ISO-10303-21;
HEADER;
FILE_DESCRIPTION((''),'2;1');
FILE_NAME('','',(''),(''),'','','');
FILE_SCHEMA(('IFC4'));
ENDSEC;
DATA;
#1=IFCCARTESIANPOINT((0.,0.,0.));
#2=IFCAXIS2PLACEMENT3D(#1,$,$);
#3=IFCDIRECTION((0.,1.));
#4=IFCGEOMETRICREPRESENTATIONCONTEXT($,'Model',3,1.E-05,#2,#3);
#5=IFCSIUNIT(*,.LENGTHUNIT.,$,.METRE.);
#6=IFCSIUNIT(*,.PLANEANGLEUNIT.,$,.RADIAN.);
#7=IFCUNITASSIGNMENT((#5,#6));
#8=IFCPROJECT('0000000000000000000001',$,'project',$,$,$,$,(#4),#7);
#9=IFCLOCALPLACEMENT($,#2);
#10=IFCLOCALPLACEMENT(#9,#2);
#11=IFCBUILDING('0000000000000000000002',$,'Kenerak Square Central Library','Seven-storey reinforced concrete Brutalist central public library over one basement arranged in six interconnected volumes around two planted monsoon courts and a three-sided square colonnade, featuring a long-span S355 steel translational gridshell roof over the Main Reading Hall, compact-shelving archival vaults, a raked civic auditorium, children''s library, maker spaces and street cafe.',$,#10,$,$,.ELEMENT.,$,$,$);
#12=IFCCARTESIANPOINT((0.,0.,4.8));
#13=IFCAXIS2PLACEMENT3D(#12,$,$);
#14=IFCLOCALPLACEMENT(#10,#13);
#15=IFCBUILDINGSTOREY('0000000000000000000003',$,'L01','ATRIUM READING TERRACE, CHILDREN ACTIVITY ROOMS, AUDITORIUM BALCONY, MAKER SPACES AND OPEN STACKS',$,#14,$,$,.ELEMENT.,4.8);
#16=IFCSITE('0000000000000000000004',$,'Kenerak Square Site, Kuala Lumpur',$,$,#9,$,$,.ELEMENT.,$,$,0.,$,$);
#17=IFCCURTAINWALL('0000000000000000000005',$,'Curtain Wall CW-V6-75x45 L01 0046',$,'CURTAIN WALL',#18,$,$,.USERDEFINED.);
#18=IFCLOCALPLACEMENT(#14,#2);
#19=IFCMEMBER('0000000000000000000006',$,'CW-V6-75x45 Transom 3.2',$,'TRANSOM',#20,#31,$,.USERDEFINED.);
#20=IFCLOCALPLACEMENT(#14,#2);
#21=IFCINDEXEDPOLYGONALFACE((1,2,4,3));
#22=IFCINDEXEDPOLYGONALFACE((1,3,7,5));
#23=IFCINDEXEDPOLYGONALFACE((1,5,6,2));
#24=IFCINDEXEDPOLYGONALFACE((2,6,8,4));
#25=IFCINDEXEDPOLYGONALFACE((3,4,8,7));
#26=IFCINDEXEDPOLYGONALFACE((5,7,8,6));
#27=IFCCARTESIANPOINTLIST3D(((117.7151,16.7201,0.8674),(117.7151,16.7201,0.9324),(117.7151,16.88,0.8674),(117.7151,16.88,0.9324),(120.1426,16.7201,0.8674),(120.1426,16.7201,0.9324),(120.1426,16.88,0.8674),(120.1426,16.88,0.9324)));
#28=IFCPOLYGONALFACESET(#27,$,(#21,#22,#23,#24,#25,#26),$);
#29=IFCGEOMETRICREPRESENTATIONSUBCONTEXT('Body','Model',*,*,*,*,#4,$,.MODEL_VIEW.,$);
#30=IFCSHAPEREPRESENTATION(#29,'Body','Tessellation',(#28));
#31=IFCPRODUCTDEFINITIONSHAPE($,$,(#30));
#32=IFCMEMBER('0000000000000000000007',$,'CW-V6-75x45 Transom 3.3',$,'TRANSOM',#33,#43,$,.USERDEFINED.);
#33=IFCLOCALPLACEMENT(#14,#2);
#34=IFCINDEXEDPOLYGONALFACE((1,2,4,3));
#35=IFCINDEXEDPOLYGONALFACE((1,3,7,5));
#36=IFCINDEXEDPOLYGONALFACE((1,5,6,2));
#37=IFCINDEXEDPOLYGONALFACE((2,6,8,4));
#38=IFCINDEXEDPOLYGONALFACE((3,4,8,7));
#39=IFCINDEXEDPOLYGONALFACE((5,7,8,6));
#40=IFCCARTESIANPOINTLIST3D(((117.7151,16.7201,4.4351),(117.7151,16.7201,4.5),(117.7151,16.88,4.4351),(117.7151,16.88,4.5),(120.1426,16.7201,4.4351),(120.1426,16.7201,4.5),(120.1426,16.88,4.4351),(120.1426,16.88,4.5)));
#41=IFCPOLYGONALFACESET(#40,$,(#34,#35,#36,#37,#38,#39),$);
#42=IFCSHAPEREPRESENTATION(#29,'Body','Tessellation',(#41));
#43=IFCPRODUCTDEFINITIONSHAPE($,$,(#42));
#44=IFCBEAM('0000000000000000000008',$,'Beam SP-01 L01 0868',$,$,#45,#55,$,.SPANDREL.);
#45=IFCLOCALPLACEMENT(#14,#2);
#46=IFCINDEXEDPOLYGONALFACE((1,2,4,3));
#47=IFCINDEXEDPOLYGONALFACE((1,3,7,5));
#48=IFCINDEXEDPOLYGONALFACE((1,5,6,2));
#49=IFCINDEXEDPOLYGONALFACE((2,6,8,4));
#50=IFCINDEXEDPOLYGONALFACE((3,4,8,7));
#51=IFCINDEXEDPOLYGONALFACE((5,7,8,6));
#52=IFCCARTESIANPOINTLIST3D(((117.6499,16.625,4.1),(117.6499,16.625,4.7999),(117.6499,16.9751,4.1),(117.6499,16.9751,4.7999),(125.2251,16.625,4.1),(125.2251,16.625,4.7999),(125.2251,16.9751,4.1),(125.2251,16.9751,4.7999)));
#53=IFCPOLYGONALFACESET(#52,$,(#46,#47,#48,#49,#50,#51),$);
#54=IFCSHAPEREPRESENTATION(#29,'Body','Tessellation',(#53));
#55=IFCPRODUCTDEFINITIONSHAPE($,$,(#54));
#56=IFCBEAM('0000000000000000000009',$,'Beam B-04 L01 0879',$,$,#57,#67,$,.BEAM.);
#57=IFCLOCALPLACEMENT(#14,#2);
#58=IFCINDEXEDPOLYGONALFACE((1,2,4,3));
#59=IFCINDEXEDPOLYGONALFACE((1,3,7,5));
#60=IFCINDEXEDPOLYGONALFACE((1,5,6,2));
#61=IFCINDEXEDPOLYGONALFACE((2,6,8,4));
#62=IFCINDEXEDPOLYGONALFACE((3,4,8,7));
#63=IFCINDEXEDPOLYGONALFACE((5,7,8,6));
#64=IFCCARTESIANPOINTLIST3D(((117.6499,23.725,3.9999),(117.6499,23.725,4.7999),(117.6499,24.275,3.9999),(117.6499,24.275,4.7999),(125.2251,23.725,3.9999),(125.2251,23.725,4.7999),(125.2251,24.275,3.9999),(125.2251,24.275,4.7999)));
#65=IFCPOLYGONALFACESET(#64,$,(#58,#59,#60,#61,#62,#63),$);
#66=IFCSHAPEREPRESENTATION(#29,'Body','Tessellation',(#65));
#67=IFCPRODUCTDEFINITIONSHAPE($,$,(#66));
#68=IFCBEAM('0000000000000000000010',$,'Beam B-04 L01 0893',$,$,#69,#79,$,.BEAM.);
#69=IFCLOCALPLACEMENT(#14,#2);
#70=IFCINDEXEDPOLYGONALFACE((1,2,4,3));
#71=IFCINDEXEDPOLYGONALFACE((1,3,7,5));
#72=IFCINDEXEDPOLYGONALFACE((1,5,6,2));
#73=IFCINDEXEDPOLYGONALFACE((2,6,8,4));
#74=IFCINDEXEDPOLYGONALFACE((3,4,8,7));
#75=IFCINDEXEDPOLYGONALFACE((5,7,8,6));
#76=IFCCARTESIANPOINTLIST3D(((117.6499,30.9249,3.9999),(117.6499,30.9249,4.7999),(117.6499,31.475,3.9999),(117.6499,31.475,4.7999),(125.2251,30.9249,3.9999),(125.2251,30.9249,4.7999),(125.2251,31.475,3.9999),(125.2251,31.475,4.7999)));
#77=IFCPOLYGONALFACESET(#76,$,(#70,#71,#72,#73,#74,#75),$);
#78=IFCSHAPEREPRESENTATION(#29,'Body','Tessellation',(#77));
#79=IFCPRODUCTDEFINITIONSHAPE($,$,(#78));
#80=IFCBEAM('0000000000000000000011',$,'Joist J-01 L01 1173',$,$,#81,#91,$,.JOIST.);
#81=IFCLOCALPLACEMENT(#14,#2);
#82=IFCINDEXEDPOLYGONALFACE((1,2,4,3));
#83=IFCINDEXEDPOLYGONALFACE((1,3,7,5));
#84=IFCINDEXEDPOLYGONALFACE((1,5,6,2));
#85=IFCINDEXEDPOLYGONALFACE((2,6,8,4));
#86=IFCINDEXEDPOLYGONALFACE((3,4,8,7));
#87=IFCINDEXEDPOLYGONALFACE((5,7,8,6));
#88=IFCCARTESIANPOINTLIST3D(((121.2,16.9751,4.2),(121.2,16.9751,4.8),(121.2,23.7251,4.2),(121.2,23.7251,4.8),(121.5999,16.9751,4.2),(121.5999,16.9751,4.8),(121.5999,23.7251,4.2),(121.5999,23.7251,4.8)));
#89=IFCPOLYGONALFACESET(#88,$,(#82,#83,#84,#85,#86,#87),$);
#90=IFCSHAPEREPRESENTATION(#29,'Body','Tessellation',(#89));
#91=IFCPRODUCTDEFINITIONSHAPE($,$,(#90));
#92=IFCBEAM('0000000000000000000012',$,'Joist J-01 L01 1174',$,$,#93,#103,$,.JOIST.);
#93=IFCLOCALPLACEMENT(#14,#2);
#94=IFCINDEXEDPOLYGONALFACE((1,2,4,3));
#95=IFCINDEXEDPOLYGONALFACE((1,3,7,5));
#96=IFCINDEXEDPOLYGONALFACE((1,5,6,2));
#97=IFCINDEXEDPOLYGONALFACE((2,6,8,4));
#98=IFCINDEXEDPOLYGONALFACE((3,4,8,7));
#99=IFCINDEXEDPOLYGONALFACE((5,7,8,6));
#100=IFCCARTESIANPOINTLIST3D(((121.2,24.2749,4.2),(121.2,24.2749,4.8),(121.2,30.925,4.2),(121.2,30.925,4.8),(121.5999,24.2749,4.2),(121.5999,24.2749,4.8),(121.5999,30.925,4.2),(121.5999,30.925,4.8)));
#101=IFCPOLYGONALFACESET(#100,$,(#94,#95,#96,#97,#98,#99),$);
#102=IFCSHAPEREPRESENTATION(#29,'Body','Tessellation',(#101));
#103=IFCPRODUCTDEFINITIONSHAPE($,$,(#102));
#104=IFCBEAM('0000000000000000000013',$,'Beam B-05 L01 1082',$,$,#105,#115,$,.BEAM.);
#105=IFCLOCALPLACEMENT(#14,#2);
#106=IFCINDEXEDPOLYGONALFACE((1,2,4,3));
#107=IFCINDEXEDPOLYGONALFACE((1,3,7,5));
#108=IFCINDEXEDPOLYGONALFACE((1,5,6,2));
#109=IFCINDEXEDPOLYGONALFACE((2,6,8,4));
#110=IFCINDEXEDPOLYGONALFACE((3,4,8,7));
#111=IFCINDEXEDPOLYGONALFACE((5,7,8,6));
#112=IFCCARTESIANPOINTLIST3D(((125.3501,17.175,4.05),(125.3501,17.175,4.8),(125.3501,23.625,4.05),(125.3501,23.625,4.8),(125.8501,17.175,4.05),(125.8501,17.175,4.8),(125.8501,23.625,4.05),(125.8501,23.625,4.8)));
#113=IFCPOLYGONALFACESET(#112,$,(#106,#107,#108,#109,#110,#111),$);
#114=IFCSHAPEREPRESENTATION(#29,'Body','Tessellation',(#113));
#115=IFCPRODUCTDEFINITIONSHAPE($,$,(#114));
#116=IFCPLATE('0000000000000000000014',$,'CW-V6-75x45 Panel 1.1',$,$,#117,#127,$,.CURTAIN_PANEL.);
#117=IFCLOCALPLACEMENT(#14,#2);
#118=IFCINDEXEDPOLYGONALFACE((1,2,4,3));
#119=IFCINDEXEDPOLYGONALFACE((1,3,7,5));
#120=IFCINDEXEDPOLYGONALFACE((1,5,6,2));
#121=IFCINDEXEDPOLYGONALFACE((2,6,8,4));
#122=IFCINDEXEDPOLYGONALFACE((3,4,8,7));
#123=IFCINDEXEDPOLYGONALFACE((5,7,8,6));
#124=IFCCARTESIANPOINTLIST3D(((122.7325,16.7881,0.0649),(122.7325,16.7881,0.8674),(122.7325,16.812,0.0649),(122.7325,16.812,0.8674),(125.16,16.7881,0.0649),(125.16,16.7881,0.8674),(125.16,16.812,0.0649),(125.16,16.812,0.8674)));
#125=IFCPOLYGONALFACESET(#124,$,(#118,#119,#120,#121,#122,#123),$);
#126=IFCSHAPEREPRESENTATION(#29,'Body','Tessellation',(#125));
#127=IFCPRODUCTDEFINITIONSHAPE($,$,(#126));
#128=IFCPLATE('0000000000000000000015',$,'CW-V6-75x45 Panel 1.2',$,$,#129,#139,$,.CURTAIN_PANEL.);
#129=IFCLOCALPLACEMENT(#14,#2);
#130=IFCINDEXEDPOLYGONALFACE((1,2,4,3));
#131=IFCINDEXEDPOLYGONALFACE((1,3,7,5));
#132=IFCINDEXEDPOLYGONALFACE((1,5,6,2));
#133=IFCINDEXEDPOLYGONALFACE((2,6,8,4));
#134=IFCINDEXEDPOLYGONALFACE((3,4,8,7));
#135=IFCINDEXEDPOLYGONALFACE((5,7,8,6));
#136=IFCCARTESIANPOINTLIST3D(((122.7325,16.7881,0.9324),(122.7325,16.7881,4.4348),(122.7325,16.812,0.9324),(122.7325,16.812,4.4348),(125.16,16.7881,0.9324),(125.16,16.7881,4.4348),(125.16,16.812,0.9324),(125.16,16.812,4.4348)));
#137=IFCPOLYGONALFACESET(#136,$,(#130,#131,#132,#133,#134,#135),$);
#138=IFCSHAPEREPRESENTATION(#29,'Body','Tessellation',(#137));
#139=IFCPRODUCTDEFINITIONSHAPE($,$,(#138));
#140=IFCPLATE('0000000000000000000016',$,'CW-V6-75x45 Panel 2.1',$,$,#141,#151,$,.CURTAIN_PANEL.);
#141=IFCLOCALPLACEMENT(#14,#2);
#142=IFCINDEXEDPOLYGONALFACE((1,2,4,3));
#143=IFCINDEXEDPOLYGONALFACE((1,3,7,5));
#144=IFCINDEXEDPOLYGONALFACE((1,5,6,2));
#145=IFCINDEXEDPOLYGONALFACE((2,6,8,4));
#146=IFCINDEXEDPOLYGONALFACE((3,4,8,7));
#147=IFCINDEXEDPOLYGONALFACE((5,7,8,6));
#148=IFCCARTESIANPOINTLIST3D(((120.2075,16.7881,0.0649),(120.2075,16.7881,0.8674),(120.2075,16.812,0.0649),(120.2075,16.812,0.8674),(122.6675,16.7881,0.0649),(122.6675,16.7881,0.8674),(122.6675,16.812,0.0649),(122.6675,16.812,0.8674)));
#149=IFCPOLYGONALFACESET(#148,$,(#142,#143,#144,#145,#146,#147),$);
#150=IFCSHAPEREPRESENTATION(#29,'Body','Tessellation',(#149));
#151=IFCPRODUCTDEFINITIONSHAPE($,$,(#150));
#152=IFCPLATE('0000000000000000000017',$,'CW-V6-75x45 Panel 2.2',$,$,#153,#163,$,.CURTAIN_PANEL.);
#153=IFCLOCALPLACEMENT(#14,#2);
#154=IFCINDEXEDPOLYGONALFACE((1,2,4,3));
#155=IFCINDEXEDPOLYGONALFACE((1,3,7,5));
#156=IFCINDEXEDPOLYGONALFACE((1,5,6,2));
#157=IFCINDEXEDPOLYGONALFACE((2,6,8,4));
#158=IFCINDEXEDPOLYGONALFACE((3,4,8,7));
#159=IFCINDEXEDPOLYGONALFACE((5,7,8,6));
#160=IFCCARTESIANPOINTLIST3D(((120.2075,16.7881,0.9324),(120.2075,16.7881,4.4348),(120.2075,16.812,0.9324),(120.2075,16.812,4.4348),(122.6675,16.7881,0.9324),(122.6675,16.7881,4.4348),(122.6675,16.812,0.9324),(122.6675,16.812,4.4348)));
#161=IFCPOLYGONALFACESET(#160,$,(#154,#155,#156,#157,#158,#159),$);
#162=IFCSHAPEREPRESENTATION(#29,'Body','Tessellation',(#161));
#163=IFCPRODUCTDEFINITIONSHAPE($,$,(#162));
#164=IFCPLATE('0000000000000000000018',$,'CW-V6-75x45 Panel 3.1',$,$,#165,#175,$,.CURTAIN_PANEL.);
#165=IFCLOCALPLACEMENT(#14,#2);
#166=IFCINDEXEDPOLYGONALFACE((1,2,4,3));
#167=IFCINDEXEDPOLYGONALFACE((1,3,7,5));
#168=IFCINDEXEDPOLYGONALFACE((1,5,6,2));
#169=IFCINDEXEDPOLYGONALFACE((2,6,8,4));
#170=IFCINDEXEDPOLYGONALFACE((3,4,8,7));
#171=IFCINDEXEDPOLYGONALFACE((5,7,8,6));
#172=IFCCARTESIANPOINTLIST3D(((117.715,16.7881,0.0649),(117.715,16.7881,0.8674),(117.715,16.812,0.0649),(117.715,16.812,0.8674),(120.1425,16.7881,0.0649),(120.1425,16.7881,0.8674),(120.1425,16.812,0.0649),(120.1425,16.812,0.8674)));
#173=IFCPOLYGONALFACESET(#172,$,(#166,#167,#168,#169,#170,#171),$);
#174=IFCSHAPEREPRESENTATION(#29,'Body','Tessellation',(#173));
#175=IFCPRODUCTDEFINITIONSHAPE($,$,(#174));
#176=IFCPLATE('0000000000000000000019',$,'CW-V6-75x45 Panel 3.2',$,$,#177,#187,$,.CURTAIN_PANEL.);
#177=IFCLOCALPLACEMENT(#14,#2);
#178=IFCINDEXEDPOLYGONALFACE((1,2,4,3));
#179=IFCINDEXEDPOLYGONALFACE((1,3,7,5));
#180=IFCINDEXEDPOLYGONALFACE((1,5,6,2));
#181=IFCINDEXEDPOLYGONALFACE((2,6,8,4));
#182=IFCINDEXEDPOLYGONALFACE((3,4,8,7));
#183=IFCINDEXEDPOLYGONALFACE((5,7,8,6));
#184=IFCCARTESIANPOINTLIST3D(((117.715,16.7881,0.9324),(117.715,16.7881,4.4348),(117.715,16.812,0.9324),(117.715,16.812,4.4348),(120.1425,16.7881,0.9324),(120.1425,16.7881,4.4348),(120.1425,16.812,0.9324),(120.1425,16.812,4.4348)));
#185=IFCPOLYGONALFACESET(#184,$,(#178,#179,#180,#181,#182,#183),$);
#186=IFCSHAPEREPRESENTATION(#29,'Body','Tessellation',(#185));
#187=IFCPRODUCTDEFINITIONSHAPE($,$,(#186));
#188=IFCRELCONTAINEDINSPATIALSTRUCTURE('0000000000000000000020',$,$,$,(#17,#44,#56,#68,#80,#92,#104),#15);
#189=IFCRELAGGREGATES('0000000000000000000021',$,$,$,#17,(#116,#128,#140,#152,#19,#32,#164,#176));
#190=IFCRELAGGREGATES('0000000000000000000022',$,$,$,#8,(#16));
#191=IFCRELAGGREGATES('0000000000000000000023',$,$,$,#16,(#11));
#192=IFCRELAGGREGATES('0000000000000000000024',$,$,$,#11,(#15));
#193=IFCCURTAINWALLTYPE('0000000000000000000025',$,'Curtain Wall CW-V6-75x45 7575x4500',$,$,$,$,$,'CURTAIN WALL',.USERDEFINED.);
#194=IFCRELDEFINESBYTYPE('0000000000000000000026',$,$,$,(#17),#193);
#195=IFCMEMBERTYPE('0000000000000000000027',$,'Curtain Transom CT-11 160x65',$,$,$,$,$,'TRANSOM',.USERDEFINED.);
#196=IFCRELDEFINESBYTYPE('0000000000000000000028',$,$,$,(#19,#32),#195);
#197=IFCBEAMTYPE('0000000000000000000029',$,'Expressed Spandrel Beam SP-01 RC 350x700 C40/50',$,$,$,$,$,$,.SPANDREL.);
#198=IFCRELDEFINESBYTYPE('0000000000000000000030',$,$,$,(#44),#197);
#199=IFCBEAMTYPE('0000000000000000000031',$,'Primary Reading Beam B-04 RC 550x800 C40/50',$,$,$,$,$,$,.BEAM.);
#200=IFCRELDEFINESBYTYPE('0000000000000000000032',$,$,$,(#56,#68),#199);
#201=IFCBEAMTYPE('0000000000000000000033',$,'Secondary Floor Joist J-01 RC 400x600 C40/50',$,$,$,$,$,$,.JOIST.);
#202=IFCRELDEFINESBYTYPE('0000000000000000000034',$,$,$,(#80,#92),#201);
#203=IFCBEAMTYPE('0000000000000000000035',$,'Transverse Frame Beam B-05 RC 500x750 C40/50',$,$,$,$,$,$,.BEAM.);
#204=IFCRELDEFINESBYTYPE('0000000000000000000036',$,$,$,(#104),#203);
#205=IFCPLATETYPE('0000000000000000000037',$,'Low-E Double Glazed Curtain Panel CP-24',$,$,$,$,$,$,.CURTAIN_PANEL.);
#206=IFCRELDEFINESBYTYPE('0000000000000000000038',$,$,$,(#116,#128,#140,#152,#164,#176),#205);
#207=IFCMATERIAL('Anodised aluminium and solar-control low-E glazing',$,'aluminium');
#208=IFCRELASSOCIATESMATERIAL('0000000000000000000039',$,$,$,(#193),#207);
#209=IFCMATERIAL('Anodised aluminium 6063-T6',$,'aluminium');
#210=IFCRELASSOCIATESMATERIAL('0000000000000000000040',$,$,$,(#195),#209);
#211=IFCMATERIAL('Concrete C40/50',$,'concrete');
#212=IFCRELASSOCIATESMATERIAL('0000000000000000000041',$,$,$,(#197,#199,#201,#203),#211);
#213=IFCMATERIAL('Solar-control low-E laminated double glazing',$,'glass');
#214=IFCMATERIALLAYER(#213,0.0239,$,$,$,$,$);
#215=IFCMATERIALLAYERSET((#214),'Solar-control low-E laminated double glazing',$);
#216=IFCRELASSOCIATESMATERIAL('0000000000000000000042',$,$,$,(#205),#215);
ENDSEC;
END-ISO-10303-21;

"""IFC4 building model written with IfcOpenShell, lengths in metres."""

from ifc_helpers import new_model, si_unit, direction, frame, origin, origin_2d, place, context, subcontext, project, spatial, rectangle, extrude, material, layer, layer_set, material_profile, profile_set, type_object, element, aggregate, save


model = new_model("IFC4")

# Units and contexts
model_context = context("Model", 3, precision=1e-05, world=origin(), true_north=direction((0.0, 1.0)))
body_context = subcontext(model_context, "Body", "Model", "MODEL_VIEW")
ifc_project = project(units=[si_unit("LENGTHUNIT", "METRE"), si_unit("PLANEANGLEUNIT", "RADIAN")], contexts=[model_context])

# Site, building, storey
site_placement = place(None, origin())
site = spatial("IfcSite", under=ifc_project, at=site_placement, Name="Kenerak Square Site, Kuala Lumpur", CompositionType="ELEMENT", RefElevation=0.0)
building_placement = place(site_placement, origin())
building = spatial("IfcBuilding", under=site, at=building_placement, Name="Kenerak Square Central Library", Description="Seven-storey reinforced concrete Brutalist central public library over one basement arranged in six interconnected volumes around two planted monsoon courts and a three-sided square colonnade, featuring a long-span S355 steel translational gridshell roof over the Main Reading Hall, compact-shelving archival vaults, a raked civic auditorium, children's library, maker spaces and street cafe.", CompositionType="ELEMENT")
storey_placement = place(building_placement, frame((0.0, 0.0, 4.8)))
storey = spatial("IfcBuildingStorey", under=building, at=storey_placement, Name="L01", Description="ATRIUM READING TERRACE, CHILDREN ACTIVITY ROOMS, AUDITORIUM BALCONY, MAKER SPACES AND OPEN STACKS", CompositionType="ELEMENT", Elevation=4.8)

# Shared definitions
ifc_material_1 = material(Name="Concrete C40/50", Category="concrete")

# Curtain wall, members
ifc_material_2 = material(Name="Anodised aluminium and solar-control low-E glazing", Category="aluminium")
curtain_wall_type = type_object("IfcCurtainWallType", Name="Curtain Wall CW-V6-75x45 7575x4500", ElementType="CURTAIN WALL", PredefinedType="USERDEFINED", material=ifc_material_2)
curtain_wall_placement = place(storey_placement, origin())
curtain_wall = element("IfcCurtainWall", 1, at=curtain_wall_placement, inside=storey, type_object=curtain_wall_type, Name="Curtain Wall CW-V6-75x45 L01 0046", ObjectType="CURTAIN WALL", PredefinedType="USERDEFINED")
ifc_material_3 = material(Name="Anodised aluminium 6063-T6", Category="aluminium")
ifc_material_profile_1 = material_profile(ifc_material_3, rectangle(XDim=0.1599, YDim=0.0649, at=origin_2d()), Name="AL TRANSOM 160x65")
ifc_profile_set_1 = profile_set([ifc_material_profile_1], Name="Anodised aluminium 6063-T6")
member_type_1 = type_object("IfcMemberType", Name="Curtain Transom CT-11 160x65", ElementType="TRANSOM", PredefinedType="USERDEFINED", material=ifc_profile_set_1)
member_1_placement = place(storey_placement, frame((120.1426, 16.8, 0.8999), z_axis=(-1.0, 0.0, 0.0), x_axis=(0.0, -1.0, 0.0)))
member_1 = element("IfcMember", 2, at=member_1_placement, type_object=member_type_1, Name="CW-V6-75x45 Transom 3.2", ObjectType="TRANSOM", PredefinedType="USERDEFINED", context=body_context, shape_type="SweptSolid", body=[
    extrude(rectangle(XDim=0.1599, YDim=0.0649, at=origin_2d()), origin(), (0.0, 0.0, 1.0), 2.4275),
])
member_2_placement = place(storey_placement, frame((120.1426, 16.8, 4.4675), z_axis=(-1.0, 0.0, 0.0), x_axis=(0.0, -1.0, 0.0)))
member_2 = element("IfcMember", 3, at=member_2_placement, type_object=member_type_1, Name="CW-V6-75x45 Transom 3.3", ObjectType="TRANSOM", PredefinedType="USERDEFINED", context=body_context, shape_type="SweptSolid", body=[
    extrude(rectangle(XDim=0.1599, YDim=0.0649, at=origin_2d()), origin(), (0.0, 0.0, 1.0), 2.4275),
])

# Beams
ifc_material_profile_2 = material_profile(ifc_material_1, rectangle(XDim=0.3501, YDim=0.7, at=origin_2d()), Name="RC 350x700")
ifc_profile_set_2 = profile_set([ifc_material_profile_2], Name="Concrete C40/50")
beam_type_1 = type_object("IfcBeamType", Name="Expressed Spandrel Beam SP-01 RC 350x700 C40/50", PredefinedType="SPANDREL", material=ifc_profile_set_2)
beam_1_placement = place(storey_placement, frame((117.6499, 16.8, 4.45), z_axis=(1.0, 0.0, 0.0), x_axis=(0.0, 1.0, 0.0)))
element("IfcBeam", 4, at=beam_1_placement, inside=storey, type_object=beam_type_1, Name="Beam SP-01 L01 0868", PredefinedType="SPANDREL", context=body_context, shape_type="SweptSolid", body=[
    extrude(rectangle(XDim=0.3501, YDim=0.7, at=origin_2d()), origin(), (0.0, 0.0, 1.0), 7.5752),
])
ifc_material_profile_3 = material_profile(ifc_material_1, rectangle(XDim=0.55, YDim=0.8, at=origin_2d()), Name="RC 550x800")
ifc_profile_set_3 = profile_set([ifc_material_profile_3], Name="Concrete C40/50")
beam_type_2 = type_object("IfcBeamType", Name="Primary Reading Beam B-04 RC 550x800 C40/50", PredefinedType="BEAM", material=ifc_profile_set_3)
for number, where, z_axis, x_axis, name in (
    (5, (117.6499, 24.0, 4.3999), (1.0, 0.0, 0.0), (0.0, 1.0, 0.0), "Beam B-04 L01 0879"),
    (6, (117.6499, 31.2, 4.3999), (1.0, 0.0, 0.0), (0.0, 1.0, 0.0), "Beam B-04 L01 0893"),
):
    element("IfcBeam", number, at=place(storey_placement, frame(where, z_axis=z_axis, x_axis=x_axis)), inside=storey, type_object=beam_type_2, Name=name, PredefinedType="BEAM", context=body_context, shape_type="SweptSolid", body=[
        extrude(rectangle(XDim=0.55, YDim=0.8, at=origin_2d()), origin(), (0.0, 0.0, 1.0), 7.5752),
    ])
ifc_material_profile_4 = material_profile(ifc_material_1, rectangle(XDim=0.3999, YDim=0.6001, at=origin_2d()), Name="RC 400x600")
ifc_profile_set_4 = profile_set([ifc_material_profile_4], Name="Concrete C40/50")
beam_type_3 = type_object("IfcBeamType", Name="Secondary Floor Joist J-01 RC 400x600 C40/50", PredefinedType="JOIST", material=ifc_profile_set_4)
beam_2_placement = place(storey_placement, frame((121.3999, 16.9751, 4.5), z_axis=(0.0, 1.0, 0.0), x_axis=(-1.0, 0.0, 0.0)))
element("IfcBeam", 7, at=beam_2_placement, inside=storey, type_object=beam_type_3, Name="Joist J-01 L01 1173", PredefinedType="JOIST", context=body_context, shape_type="SweptSolid", body=[
    extrude(rectangle(XDim=0.3999, YDim=0.6001, at=origin_2d()), origin(), (0.0, 0.0, 1.0), 6.75),
])
beam_3_placement = place(storey_placement, frame((121.3999, 24.2749, 4.5), z_axis=(0.0, 1.0, 0.0), x_axis=(-1.0, 0.0, 0.0)))
element("IfcBeam", 8, at=beam_3_placement, inside=storey, type_object=beam_type_3, Name="Joist J-01 L01 1174", PredefinedType="JOIST", context=body_context, shape_type="SweptSolid", body=[
    extrude(rectangle(XDim=0.3999, YDim=0.6001, at=origin_2d()), origin(), (0.0, 0.0, 1.0), 6.6501),
])
ifc_material_profile_5 = material_profile(ifc_material_1, rectangle(XDim=0.5, YDim=0.75, at=origin_2d()), Name="RC 500x750")
ifc_profile_set_5 = profile_set([ifc_material_profile_5], Name="Concrete C40/50")
beam_type_4 = type_object("IfcBeamType", Name="Transverse Frame Beam B-05 RC 500x750 C40/50", PredefinedType="BEAM", material=ifc_profile_set_5)
beam_4_placement = place(storey_placement, frame((125.6001, 17.175, 4.425), z_axis=(0.0, 1.0, 0.0), x_axis=(-1.0, 0.0, 0.0)))
element("IfcBeam", 9, at=beam_4_placement, inside=storey, type_object=beam_type_4, Name="Beam B-05 L01 1082", PredefinedType="BEAM", context=body_context, shape_type="SweptSolid", body=[
    extrude(rectangle(XDim=0.5, YDim=0.75, at=origin_2d()), origin(), (0.0, 0.0, 1.0), 6.45),
])

# Plates
ifc_material_4 = material(Name="Solar-control low-E laminated double glazing", Category="glass")
ifc_layer_1 = layer(ifc_material_4, 0.0239)
ifc_layer_set_1 = layer_set([ifc_layer_1], Name="Solar-control low-E laminated double glazing")
plate_type = type_object("IfcPlateType", Name="Low-E Double Glazed Curtain Panel CP-24", PredefinedType="CURTAIN_PANEL", material=ifc_layer_set_1)
plate_1_placement = place(storey_placement, frame((123.9463, 16.8, 0.0649), z_axis=(0.0, 0.0, 1.0), x_axis=(-1.0, 0.0, 0.0)))
plate_1 = element("IfcPlate", 10, at=plate_1_placement, type_object=plate_type, Name="CW-V6-75x45 Panel 1.1", PredefinedType="CURTAIN_PANEL", context=body_context, shape_type="SweptSolid", body=[
    extrude(rectangle(XDim=2.4275, YDim=0.0239, at=origin_2d()), origin(), (0.0, 0.0, 1.0), 0.8025),
])
plate_2_placement = place(storey_placement, frame((123.9463, 16.8, 0.9324), z_axis=(0.0, 0.0, 1.0), x_axis=(-1.0, 0.0, 0.0)))
plate_2 = element("IfcPlate", 11, at=plate_2_placement, type_object=plate_type, Name="CW-V6-75x45 Panel 1.2", PredefinedType="CURTAIN_PANEL", context=body_context, shape_type="SweptSolid", body=[
    extrude(rectangle(XDim=2.4275, YDim=0.0239, at=origin_2d()), origin(), (0.0, 0.0, 1.0), 3.5024),
])
plate_3_placement = place(storey_placement, frame((121.4375, 16.8, 0.0649), z_axis=(0.0, 0.0, 1.0), x_axis=(-1.0, 0.0, 0.0)))
plate_3 = element("IfcPlate", 12, at=plate_3_placement, type_object=plate_type, Name="CW-V6-75x45 Panel 2.1", PredefinedType="CURTAIN_PANEL", context=body_context, shape_type="SweptSolid", body=[
    extrude(rectangle(XDim=2.46, YDim=0.0239, at=origin_2d()), origin(), (0.0, 0.0, 1.0), 0.8025),
])
plate_4_placement = place(storey_placement, frame((121.4375, 16.8, 0.9324), z_axis=(0.0, 0.0, 1.0), x_axis=(-1.0, 0.0, 0.0)))
plate_4 = element("IfcPlate", 13, at=plate_4_placement, type_object=plate_type, Name="CW-V6-75x45 Panel 2.2", PredefinedType="CURTAIN_PANEL", context=body_context, shape_type="SweptSolid", body=[
    extrude(rectangle(XDim=2.46, YDim=0.0239, at=origin_2d()), origin(), (0.0, 0.0, 1.0), 3.5024),
])
plate_5_placement = place(storey_placement, frame((118.9287, 16.8, 0.0649), z_axis=(0.0, 0.0, 1.0), x_axis=(-1.0, 0.0, 0.0)))
plate_5 = element("IfcPlate", 14, at=plate_5_placement, type_object=plate_type, Name="CW-V6-75x45 Panel 3.1", PredefinedType="CURTAIN_PANEL", context=body_context, shape_type="SweptSolid", body=[
    extrude(rectangle(XDim=2.4275, YDim=0.0239, at=origin_2d()), origin(), (0.0, 0.0, 1.0), 0.8025),
])
plate_6_placement = place(storey_placement, frame((118.9287, 16.8, 0.9324), z_axis=(0.0, 0.0, 1.0), x_axis=(-1.0, 0.0, 0.0)))
plate_6 = element("IfcPlate", 15, at=plate_6_placement, type_object=plate_type, Name="CW-V6-75x45 Panel 3.2", PredefinedType="CURTAIN_PANEL", context=body_context, shape_type="SweptSolid", body=[
    extrude(rectangle(XDim=2.4275, YDim=0.0239, at=origin_2d()), origin(), (0.0, 0.0, 1.0), 3.5024),
])
aggregate(curtain_wall, [plate_1, plate_2, plate_3, plate_4, member_1, member_2, plate_5, plate_6])

save(model, "model.ifc")
